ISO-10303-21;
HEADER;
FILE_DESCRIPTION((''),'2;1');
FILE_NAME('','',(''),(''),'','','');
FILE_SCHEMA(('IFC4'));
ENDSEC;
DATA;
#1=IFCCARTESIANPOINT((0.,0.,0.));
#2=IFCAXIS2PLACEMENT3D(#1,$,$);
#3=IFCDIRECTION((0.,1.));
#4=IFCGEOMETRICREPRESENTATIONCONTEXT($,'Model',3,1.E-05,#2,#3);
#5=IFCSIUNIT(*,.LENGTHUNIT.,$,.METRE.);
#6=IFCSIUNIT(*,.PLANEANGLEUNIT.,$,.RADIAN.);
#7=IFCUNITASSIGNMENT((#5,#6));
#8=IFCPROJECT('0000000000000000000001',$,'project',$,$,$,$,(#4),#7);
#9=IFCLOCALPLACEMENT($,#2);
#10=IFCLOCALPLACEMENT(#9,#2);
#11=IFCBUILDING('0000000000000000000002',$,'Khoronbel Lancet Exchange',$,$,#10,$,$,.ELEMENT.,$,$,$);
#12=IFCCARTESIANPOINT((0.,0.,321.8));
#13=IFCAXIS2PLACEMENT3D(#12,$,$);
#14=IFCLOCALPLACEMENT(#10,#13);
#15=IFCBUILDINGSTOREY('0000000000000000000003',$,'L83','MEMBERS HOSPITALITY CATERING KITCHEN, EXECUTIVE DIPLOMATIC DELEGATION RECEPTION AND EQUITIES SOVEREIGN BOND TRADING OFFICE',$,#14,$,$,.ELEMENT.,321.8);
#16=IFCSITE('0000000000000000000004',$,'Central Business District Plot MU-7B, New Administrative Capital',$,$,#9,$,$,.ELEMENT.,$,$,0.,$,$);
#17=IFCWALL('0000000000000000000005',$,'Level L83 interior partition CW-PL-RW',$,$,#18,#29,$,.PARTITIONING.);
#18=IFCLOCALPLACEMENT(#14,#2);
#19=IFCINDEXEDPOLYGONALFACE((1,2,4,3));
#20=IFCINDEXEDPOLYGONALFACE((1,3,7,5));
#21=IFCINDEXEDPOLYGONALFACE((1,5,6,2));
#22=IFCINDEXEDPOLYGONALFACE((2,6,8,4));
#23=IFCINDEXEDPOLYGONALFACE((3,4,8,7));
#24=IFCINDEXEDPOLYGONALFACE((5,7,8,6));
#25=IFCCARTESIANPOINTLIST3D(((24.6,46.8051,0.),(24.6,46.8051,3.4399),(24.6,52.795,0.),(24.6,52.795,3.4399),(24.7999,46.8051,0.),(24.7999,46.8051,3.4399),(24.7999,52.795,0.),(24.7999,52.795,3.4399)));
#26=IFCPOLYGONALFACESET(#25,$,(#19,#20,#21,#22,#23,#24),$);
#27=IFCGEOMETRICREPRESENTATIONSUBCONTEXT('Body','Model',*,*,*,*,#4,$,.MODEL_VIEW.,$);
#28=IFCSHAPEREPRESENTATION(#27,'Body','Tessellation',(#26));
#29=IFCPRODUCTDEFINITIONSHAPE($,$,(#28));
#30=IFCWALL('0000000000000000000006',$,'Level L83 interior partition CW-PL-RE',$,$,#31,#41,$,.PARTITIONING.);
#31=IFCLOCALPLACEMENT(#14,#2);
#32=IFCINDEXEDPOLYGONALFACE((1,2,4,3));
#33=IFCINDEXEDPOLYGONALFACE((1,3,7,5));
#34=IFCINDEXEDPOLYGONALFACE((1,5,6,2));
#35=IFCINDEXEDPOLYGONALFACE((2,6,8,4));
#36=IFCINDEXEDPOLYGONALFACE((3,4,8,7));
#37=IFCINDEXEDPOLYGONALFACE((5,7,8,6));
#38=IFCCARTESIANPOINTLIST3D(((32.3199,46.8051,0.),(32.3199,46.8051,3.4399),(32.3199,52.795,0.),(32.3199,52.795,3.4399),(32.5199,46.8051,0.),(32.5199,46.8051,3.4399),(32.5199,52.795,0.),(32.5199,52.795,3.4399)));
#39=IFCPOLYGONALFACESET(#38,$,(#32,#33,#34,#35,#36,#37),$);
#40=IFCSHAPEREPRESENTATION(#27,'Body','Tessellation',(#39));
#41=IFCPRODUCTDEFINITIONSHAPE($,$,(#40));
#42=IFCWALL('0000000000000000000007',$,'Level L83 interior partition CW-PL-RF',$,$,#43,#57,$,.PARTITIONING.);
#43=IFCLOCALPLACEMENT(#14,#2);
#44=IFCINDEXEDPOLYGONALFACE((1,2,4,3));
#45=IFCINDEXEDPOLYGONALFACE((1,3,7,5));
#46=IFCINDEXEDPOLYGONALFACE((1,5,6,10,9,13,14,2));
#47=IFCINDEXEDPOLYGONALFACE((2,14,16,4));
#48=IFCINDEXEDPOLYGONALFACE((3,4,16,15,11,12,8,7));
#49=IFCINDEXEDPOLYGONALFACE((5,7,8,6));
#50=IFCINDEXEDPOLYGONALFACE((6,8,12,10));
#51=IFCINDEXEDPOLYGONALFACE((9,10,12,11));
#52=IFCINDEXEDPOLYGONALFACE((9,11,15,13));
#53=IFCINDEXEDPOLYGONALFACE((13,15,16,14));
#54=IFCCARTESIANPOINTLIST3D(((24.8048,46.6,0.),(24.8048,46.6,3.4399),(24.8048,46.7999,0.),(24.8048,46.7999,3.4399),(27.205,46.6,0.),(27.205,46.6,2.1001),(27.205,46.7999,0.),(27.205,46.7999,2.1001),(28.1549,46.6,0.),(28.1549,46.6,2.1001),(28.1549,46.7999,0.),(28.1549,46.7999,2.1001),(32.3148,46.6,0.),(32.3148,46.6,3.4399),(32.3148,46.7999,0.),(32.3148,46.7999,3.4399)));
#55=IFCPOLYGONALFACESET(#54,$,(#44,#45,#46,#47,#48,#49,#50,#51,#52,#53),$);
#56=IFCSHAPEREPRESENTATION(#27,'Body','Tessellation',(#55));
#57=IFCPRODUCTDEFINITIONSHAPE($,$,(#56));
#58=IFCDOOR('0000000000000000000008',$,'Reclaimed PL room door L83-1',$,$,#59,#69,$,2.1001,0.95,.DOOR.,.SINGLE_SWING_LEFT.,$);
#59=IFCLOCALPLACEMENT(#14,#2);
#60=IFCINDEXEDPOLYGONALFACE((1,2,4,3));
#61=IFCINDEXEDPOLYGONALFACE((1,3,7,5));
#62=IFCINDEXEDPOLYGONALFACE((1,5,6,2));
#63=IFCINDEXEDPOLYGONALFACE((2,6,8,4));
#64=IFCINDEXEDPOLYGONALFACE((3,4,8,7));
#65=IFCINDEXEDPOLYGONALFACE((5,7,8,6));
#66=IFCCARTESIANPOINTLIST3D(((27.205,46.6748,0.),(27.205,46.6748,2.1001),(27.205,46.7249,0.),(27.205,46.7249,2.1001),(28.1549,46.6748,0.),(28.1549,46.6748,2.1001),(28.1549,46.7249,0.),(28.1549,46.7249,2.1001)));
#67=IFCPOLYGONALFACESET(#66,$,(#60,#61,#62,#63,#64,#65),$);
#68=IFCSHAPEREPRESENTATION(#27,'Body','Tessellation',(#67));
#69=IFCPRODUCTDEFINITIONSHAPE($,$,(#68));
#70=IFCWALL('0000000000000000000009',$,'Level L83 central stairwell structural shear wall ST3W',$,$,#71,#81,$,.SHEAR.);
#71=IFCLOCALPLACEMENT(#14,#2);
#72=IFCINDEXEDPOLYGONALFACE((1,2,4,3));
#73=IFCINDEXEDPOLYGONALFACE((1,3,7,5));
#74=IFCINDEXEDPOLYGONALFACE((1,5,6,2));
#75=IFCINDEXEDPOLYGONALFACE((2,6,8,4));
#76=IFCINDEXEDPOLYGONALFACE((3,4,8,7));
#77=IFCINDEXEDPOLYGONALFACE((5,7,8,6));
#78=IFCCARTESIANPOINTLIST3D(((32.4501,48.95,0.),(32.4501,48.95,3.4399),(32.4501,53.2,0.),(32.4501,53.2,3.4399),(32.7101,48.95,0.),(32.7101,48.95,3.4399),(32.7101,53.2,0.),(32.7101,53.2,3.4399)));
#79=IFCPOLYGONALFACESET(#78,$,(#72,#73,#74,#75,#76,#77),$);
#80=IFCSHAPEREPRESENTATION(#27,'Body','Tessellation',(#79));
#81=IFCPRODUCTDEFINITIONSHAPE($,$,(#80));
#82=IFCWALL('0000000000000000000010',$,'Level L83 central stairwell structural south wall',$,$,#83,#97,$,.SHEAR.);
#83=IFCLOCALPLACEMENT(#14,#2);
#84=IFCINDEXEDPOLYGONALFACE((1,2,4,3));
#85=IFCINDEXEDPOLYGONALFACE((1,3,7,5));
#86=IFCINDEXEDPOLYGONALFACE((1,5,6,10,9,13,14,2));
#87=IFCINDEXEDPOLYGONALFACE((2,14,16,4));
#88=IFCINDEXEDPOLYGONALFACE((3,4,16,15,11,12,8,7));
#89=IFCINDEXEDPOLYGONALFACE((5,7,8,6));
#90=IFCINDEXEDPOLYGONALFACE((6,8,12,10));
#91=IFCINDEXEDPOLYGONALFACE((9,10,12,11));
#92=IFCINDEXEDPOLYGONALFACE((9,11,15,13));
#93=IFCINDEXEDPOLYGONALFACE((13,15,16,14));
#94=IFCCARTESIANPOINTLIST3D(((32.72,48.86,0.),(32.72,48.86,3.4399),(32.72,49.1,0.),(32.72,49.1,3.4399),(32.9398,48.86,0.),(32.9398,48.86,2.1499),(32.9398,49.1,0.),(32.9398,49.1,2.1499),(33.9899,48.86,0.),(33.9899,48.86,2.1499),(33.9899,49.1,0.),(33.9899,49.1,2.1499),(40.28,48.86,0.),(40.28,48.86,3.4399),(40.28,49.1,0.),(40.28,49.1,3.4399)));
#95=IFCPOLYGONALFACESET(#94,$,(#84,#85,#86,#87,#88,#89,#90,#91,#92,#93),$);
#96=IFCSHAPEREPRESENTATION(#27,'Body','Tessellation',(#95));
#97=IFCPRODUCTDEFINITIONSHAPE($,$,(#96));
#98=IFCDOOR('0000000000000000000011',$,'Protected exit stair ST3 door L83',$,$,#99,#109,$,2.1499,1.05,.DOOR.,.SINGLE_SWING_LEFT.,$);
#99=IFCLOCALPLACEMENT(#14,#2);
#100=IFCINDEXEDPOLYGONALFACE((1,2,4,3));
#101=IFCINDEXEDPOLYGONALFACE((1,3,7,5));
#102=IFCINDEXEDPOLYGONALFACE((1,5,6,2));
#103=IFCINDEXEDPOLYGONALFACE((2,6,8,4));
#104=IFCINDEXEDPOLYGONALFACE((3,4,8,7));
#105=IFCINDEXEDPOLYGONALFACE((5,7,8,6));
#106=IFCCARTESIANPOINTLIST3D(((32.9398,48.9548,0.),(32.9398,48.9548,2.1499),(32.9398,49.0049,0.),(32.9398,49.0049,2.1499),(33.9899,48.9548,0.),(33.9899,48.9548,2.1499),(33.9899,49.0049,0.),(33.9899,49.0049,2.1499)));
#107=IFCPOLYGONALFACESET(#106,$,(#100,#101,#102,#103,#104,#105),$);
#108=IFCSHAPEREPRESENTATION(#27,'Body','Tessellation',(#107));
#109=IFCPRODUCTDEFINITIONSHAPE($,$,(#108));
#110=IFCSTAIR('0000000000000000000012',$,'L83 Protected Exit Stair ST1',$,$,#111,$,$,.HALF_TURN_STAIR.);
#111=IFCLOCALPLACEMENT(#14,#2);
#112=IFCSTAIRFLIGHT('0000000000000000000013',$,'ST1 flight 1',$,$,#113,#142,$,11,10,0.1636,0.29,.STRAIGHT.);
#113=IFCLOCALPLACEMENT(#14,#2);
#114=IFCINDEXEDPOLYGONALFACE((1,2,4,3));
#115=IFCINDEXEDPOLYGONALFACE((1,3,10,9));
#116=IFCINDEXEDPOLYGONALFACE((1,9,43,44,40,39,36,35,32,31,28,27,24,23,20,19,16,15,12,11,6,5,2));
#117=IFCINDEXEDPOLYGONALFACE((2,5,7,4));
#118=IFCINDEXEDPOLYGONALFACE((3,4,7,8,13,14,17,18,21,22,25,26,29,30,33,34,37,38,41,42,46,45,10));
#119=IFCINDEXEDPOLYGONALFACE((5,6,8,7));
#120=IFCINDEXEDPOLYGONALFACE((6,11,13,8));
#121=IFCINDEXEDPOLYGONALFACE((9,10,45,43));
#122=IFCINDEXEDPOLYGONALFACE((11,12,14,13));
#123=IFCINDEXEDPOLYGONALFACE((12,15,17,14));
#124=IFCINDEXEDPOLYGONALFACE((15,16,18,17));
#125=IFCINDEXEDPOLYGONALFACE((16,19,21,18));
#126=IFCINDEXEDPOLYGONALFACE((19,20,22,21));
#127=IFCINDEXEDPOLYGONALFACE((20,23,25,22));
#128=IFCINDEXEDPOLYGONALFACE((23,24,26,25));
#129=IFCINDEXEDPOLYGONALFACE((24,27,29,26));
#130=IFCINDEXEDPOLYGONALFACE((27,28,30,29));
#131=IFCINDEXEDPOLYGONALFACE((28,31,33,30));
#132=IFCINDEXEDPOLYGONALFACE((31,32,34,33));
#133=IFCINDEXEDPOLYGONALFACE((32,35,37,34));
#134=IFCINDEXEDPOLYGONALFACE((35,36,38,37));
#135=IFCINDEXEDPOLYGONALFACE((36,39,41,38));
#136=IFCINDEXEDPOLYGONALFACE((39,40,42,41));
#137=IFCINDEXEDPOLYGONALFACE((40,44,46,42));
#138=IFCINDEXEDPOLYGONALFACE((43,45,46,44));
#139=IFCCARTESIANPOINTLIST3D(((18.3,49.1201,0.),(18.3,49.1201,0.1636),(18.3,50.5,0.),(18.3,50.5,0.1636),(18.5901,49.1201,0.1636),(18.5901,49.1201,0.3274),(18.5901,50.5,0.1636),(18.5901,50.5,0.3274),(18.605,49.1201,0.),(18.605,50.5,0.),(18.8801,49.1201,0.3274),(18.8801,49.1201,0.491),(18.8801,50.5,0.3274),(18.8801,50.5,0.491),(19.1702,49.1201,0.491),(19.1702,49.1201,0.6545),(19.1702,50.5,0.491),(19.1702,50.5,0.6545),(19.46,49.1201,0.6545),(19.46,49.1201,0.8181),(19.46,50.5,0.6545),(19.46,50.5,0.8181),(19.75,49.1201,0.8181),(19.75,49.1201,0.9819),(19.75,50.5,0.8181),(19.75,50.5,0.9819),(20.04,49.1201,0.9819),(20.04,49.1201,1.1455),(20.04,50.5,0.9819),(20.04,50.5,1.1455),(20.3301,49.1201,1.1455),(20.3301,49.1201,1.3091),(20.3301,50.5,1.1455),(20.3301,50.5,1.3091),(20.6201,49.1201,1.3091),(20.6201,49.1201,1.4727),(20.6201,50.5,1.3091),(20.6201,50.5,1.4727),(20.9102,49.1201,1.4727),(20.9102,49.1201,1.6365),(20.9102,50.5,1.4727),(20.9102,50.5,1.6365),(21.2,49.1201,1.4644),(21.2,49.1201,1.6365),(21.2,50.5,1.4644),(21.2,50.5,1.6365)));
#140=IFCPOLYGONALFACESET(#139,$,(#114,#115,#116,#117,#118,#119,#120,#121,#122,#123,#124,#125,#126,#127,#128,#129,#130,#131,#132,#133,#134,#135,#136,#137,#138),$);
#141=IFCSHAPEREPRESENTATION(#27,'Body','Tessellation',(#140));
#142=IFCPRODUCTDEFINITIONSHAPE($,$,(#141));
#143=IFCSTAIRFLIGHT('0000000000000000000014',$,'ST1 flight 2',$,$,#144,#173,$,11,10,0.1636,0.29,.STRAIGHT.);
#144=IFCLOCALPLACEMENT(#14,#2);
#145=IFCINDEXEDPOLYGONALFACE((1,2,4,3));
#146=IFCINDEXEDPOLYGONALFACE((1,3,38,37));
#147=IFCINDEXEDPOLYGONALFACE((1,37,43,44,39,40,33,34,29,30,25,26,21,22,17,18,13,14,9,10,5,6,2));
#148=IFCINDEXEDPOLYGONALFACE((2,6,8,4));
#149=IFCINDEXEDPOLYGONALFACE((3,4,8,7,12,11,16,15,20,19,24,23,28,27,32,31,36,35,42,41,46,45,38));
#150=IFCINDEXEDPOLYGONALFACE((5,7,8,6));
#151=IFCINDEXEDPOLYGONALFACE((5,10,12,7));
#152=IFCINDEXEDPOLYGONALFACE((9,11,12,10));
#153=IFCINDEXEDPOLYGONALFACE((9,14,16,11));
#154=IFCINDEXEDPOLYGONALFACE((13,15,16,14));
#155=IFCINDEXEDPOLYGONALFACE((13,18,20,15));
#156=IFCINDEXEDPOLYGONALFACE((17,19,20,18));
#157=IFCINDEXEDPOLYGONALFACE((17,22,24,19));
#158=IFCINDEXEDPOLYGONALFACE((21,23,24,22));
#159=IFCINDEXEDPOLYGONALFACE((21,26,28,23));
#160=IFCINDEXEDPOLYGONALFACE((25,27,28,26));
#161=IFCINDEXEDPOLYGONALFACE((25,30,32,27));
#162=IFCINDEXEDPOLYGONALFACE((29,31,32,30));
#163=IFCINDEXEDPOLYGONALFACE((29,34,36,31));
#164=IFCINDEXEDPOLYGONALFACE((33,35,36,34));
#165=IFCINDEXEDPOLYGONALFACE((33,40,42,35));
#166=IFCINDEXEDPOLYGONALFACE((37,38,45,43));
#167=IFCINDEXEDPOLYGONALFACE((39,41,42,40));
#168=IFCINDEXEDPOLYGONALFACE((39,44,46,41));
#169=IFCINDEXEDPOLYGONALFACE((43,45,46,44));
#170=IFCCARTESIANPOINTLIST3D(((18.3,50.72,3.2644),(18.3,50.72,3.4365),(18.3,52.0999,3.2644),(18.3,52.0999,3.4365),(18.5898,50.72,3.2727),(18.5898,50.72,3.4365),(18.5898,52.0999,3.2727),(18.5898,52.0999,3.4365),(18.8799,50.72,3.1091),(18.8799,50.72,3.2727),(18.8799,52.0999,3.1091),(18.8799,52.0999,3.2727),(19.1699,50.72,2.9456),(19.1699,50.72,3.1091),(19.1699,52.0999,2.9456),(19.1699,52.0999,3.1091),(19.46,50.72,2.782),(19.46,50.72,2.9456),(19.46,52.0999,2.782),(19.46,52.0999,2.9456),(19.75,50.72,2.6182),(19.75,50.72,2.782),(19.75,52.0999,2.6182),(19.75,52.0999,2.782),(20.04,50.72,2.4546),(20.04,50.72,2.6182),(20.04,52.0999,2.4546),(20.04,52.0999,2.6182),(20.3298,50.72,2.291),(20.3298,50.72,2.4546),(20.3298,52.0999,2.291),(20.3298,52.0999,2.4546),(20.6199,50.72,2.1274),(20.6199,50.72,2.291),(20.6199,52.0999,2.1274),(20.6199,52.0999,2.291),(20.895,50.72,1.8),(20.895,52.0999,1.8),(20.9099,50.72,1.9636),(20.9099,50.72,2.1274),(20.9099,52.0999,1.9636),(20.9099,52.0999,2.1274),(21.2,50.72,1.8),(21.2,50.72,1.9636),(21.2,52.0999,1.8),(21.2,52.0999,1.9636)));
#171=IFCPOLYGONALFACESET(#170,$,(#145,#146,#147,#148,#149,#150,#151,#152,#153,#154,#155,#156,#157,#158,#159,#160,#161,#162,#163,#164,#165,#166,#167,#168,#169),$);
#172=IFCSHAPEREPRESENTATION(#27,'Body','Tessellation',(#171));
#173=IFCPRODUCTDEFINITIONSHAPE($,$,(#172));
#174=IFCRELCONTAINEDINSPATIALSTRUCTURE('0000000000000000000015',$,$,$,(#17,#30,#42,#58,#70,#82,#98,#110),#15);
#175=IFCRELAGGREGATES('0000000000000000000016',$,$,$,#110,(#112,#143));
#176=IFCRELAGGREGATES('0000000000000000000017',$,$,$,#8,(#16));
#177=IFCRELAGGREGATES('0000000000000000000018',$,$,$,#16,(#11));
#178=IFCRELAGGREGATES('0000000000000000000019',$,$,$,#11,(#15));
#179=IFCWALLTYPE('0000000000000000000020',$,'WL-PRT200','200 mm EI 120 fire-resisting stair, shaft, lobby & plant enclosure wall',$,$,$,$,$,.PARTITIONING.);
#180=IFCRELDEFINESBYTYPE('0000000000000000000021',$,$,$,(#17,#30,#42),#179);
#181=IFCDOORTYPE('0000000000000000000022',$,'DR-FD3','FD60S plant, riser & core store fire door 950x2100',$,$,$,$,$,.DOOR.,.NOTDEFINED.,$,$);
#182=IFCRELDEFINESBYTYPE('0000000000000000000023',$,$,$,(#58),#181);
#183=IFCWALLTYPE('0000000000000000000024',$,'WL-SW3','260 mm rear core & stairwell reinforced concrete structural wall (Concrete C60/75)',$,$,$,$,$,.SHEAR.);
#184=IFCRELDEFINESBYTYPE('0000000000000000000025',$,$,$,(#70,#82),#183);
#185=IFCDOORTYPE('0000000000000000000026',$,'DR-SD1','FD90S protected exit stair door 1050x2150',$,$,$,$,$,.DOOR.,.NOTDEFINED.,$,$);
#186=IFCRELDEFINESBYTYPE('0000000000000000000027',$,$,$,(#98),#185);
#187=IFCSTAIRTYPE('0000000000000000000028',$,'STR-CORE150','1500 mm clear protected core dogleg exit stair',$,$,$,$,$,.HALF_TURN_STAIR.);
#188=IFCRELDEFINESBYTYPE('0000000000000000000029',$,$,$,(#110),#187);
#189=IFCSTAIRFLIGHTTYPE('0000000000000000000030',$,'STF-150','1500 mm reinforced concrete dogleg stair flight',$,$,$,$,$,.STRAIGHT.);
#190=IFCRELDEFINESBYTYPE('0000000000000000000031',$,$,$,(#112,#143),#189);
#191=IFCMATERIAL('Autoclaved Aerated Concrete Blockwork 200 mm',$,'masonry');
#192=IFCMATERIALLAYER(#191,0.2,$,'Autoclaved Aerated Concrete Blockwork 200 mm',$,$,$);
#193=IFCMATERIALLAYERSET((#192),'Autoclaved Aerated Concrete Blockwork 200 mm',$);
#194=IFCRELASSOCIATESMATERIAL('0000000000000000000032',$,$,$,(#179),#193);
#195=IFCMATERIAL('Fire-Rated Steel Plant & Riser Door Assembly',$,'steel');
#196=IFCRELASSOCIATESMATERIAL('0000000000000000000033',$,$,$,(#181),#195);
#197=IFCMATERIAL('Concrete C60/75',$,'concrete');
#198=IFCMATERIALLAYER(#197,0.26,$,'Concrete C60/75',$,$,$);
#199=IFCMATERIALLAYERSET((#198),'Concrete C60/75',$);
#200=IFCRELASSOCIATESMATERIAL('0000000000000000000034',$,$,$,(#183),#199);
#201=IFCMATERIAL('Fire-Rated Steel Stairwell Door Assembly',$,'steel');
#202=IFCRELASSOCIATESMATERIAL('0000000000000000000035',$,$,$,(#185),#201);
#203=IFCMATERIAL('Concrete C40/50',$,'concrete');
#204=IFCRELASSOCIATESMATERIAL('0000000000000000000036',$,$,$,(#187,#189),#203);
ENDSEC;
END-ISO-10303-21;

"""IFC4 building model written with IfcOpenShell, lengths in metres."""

from ifc_helpers import new_model, si_unit, direction, frame, frame_2d, origin, place, context, subcontext, project, spatial, polyline, rectangle, outline, extrude, material, layer, layer_set, type_object, element, fill, aggregate, save


model = new_model("IFC4")

# Units and contexts
model_context = context("Model", 3, precision=1e-05, world=origin(), true_north=direction((0.0, 1.0)))
body_context = subcontext(model_context, "Body", "Model", "MODEL_VIEW")
ifc_project = project(units=[si_unit("LENGTHUNIT", "METRE"), si_unit("PLANEANGLEUNIT", "RADIAN")], contexts=[model_context])

# Site, building, storey
site_placement = place(None, origin())
site = spatial("IfcSite", under=ifc_project, at=site_placement, Name="Central Business District Plot MU-7B, New Administrative Capital", CompositionType="ELEMENT", RefElevation=0.0)
building_placement = place(site_placement, origin())
building = spatial("IfcBuilding", under=site, at=building_placement, Name="Khoronbel Lancet Exchange", CompositionType="ELEMENT")
storey_placement = place(building_placement, frame((0.0, 0.0, 321.8)))
storey = spatial("IfcBuildingStorey", under=building, at=storey_placement, Name="L83", Description="MEMBERS HOSPITALITY CATERING KITCHEN, EXECUTIVE DIPLOMATIC DELEGATION RECEPTION AND EQUITIES SOVEREIGN BOND TRADING OFFICE", CompositionType="ELEMENT", Elevation=321.8)

# Shared definitions
ifc_material_1 = material(Name="Autoclaved Aerated Concrete Blockwork 200 mm", Category="masonry")
ifc_layer_1 = layer(ifc_material_1, 0.2, Name="Autoclaved Aerated Concrete Blockwork 200 mm")
ifc_layer_set_1 = layer_set([ifc_layer_1], Name="Autoclaved Aerated Concrete Blockwork 200 mm")
wall_type_1 = type_object("IfcWallType", Name="WL-PRT200", Description="200 mm EI 120 fire-resisting stair, shaft, lobby & plant enclosure wall", PredefinedType="PARTITIONING", material=ifc_layer_set_1)

# Walls
for number, where, z_axis, x_axis, name in (
    (1, (24.7, 46.8049, 0.0), (0.0, 0.0, 1.0), (0.0, 1.0, 0.0), "Level L83 interior partition CW-PL-RW"),
    (2, (32.4199, 46.8049, 0.0), (0.0, 0.0, 1.0), (0.0, 1.0, 0.0), "Level L83 interior partition CW-PL-RE"),
):
    element("IfcWall", number, at=place(storey_placement, frame(where, z_axis=z_axis, x_axis=x_axis)), inside=storey, type_object=wall_type_1, Name=name, PredefinedType="PARTITIONING", context=body_context, shape_type="SweptSolid", body=[
        extrude(rectangle(XDim=5.99, YDim=0.2, at=frame_2d((2.9951, 0.0))), origin(), (0.0, 0.0, 1.0), 3.4399),
    ])

# Wall, opening, door
wall_1_placement = place(storey_placement, frame((24.8049, 46.7, 0.0), z_axis=(0.0, 0.0, 1.0), x_axis=(1.0, 0.0, 0.0)))
wall_1 = element("IfcWall", 3, at=wall_1_placement, inside=storey, type_object=wall_type_1, Name="Level L83 interior partition CW-PL-RF", PredefinedType="PARTITIONING", context=body_context, shape_type="SweptSolid", body=[
    extrude(rectangle(XDim=7.51, YDim=0.2, at=frame_2d((3.7549, 0.0))), origin(), (0.0, 0.0, 1.0), 3.4399),
])
opening_1_placement = place(wall_1_placement, frame((2.3999, 0.0, 0.0)))
opening_1 = element("IfcOpeningElement", 4, at=opening_1_placement, cuts=wall_1, PredefinedType="OPENING", context=body_context, shape_type="SweptSolid", body=[
    extrude(rectangle(XDim=0.95, YDim=2.1001, at=frame_2d((0.4751, 1.05))), frame((0.0, 0.1099, 0.0), z_axis=(0.0, -1.0, 0.0), x_axis=(1.0, 0.0, 0.0)), (0.0, 0.0, 1.0), 0.22),
])
ifc_material_2 = material(Name="Fire-Rated Steel Plant & Riser Door Assembly", Category="steel")
door_type_1 = type_object("IfcDoorType", Name="DR-FD3", Description="FD60S plant, riser & core store fire door 950x2100", OperationType="NOTDEFINED", PredefinedType="DOOR", material=ifc_material_2)
door_1_placement = place(opening_1_placement, origin())
door_1 = element("IfcDoor", 5, at=door_1_placement, inside=storey, type_object=door_type_1, Name="Reclaimed PL room door L83-1", OperationType="SINGLE_SWING_LEFT", OverallHeight=2.1001, OverallWidth=0.95, PredefinedType="DOOR", context=body_context, shape_type="SweptSolid", body=[
    extrude(rectangle(XDim=0.95, YDim=2.1001, at=frame_2d((0.4751, 1.05))), frame((0.0, 0.0249, 0.0), z_axis=(0.0, -1.0, 0.0), x_axis=(1.0, 0.0, 0.0)), (0.0, 0.0, 1.0), 0.05),
])
fill(opening_1, door_1)

# Wall
ifc_material_3 = material(Name="Concrete C60/75", Category="concrete")
ifc_layer_2 = layer(ifc_material_3, 0.26, Name="Concrete C60/75")
ifc_layer_set_2 = layer_set([ifc_layer_2], Name="Concrete C60/75")
wall_type_2 = type_object("IfcWallType", Name="WL-SW3", Description="260 mm rear core & stairwell reinforced concrete structural wall (Concrete C60/75)", PredefinedType="SHEAR", material=ifc_layer_set_2)
wall_2_placement = place(storey_placement, frame((32.5801, 48.95, 0.0), z_axis=(0.0, 0.0, 1.0), x_axis=(0.0, 1.0, 0.0)))
element("IfcWall", 6, at=wall_2_placement, inside=storey, type_object=wall_type_2, Name="Level L83 central stairwell structural shear wall ST3W", PredefinedType="SHEAR", context=body_context, shape_type="SweptSolid", body=[
    extrude(rectangle(XDim=4.25, YDim=0.26, at=frame_2d((2.125, 0.0))), origin(), (0.0, 0.0, 1.0), 3.4399),
])

# Wall, opening, door
wall_3_placement = place(storey_placement, frame((32.72, 48.98, 0.0), z_axis=(0.0, 0.0, 1.0), x_axis=(1.0, 0.0, 0.0)))
wall_3 = element("IfcWall", 7, at=wall_3_placement, inside=storey, type_object=wall_type_2, Name="Level L83 central stairwell structural south wall", PredefinedType="SHEAR", context=body_context, shape_type="SweptSolid", body=[
    extrude(rectangle(XDim=7.5601, YDim=0.24, at=frame_2d((3.78, 0.0))), origin(), (0.0, 0.0, 1.0), 3.4399),
])
opening_2_placement = place(wall_3_placement, frame((0.22, 0.0, 0.0)))
opening_2 = element("IfcOpeningElement", 8, at=opening_2_placement, cuts=wall_3, PredefinedType="OPENING", context=body_context, shape_type="SweptSolid", body=[
    extrude(rectangle(XDim=1.05, YDim=2.1499, at=frame_2d((0.5249, 1.075))), frame((0.0, 0.1299, 0.0), z_axis=(0.0, -1.0, 0.0), x_axis=(1.0, 0.0, 0.0)), (0.0, 0.0, 1.0), 0.26),
])
ifc_material_4 = material(Name="Fire-Rated Steel Stairwell Door Assembly", Category="steel")
door_type_2 = type_object("IfcDoorType", Name="DR-SD1", Description="FD90S protected exit stair door 1050x2150", OperationType="NOTDEFINED", PredefinedType="DOOR", material=ifc_material_4)
door_2_placement = place(opening_2_placement, origin())
door_2 = element("IfcDoor", 9, at=door_2_placement, inside=storey, type_object=door_type_2, Name="Protected exit stair ST3 door L83", OperationType="SINGLE_SWING_LEFT", OverallHeight=2.1499, OverallWidth=1.05, PredefinedType="DOOR", context=body_context, shape_type="SweptSolid", body=[
    extrude(rectangle(XDim=1.05, YDim=2.1499, at=frame_2d((0.5249, 1.075))), frame((0.0, 0.0249, 0.0), z_axis=(0.0, -1.0, 0.0), x_axis=(1.0, 0.0, 0.0)), (0.0, 0.0, 1.0), 0.05),
])
fill(opening_2, door_2)

# Stair, stair flights
ifc_material_5 = material(Name="Concrete C40/50", Category="concrete")
stair_type = type_object("IfcStairType", Name="STR-CORE150", Description="1500 mm clear protected core dogleg exit stair", PredefinedType="HALF_TURN_STAIR", material=ifc_material_5)
stair_placement = place(storey_placement, origin())
stair = element("IfcStair", 10, at=stair_placement, inside=storey, type_object=stair_type, Name="L83 Protected Exit Stair ST1", PredefinedType="HALF_TURN_STAIR")
stair_flight_type = type_object("IfcStairFlightType", Name="STF-150", Description="1500 mm reinforced concrete dogleg stair flight", PredefinedType="STRAIGHT", material=ifc_material_5)
stair_flight_1_placement = place(storey_placement, frame((18.3, 49.8101, 0.0), z_axis=(0.0, 0.0, 1.0), x_axis=(1.0, 0.0, 0.0)))
stair_flight_1 = element("IfcStairFlight", 11, at=stair_flight_1_placement, type_object=stair_flight_type, Name="ST1 flight 1", NumberOfRisers=11, NumberOfTreads=10, PredefinedType="STRAIGHT", RiserHeight=0.1636, TreadLength=0.29, context=body_context, shape_type="SweptSolid", body=[
    extrude(outline(polyline([(0.0, 0.0), (0.0, 0.1636), (0.29, 0.1636), (0.29, 0.3274), (0.5801, 0.3274), (0.5801, 0.491), (0.8701, 0.491), (0.8701, 0.6545), (1.1599, 0.6545), (1.1599, 0.8181), (1.45, 0.8181), (1.45, 0.9819), (1.74, 0.9819), (1.74, 1.1455), (2.03, 1.1455), (2.03, 1.3091), (2.3201, 1.3091), (2.3201, 1.4727), (2.6101, 1.4727), (2.6101, 1.6365), (2.8999, 1.6365), (2.8999, 1.8), (2.8999, 1.4644), (0.3049, 0.0), (0.0, 0.0)])), frame((0.0, 0.6899, 0.0), z_axis=(0.0, -1.0, 0.0), x_axis=(1.0, 0.0, 0.0)), (0.0, 0.0, 1.0), 1.3799),
])
stair_flight_2_placement = place(storey_placement, frame((21.2, 51.4099, 1.8), z_axis=(0.0, 0.0, 1.0), x_axis=(-1.0, 0.0, 0.0)))
stair_flight_2 = element("IfcStairFlight", 12, at=stair_flight_2_placement, type_object=stair_flight_type, Name="ST1 flight 2", NumberOfRisers=11, NumberOfTreads=10, PredefinedType="STRAIGHT", RiserHeight=0.1636, TreadLength=0.29, context=body_context, shape_type="SweptSolid", body=[
    extrude(outline(polyline([(0.0, 0.0), (0.0, 0.1636), (0.29, 0.1636), (0.29, 0.3274), (0.5801, 0.3274), (0.5801, 0.491), (0.8701, 0.491), (0.8701, 0.6545), (1.1599, 0.6545), (1.1599, 0.8181), (1.45, 0.8181), (1.45, 0.9819), (1.74, 0.9819), (1.74, 1.1455), (2.03, 1.1455), (2.03, 1.3091), (2.3201, 1.3091), (2.3201, 1.4727), (2.6101, 1.4727), (2.6101, 1.6365), (2.8999, 1.6365), (2.8999, 1.8), (2.8999, 1.4644), (0.3049, 0.0), (0.0, 0.0)])), frame((0.0, 0.6899, 0.0), z_axis=(0.0, -1.0, 0.0), x_axis=(1.0, 0.0, 0.0)), (0.0, 0.0, 1.0), 1.3799),
])
aggregate(stair, [stair_flight_1, stair_flight_2])

save(model, "model.ifc")
